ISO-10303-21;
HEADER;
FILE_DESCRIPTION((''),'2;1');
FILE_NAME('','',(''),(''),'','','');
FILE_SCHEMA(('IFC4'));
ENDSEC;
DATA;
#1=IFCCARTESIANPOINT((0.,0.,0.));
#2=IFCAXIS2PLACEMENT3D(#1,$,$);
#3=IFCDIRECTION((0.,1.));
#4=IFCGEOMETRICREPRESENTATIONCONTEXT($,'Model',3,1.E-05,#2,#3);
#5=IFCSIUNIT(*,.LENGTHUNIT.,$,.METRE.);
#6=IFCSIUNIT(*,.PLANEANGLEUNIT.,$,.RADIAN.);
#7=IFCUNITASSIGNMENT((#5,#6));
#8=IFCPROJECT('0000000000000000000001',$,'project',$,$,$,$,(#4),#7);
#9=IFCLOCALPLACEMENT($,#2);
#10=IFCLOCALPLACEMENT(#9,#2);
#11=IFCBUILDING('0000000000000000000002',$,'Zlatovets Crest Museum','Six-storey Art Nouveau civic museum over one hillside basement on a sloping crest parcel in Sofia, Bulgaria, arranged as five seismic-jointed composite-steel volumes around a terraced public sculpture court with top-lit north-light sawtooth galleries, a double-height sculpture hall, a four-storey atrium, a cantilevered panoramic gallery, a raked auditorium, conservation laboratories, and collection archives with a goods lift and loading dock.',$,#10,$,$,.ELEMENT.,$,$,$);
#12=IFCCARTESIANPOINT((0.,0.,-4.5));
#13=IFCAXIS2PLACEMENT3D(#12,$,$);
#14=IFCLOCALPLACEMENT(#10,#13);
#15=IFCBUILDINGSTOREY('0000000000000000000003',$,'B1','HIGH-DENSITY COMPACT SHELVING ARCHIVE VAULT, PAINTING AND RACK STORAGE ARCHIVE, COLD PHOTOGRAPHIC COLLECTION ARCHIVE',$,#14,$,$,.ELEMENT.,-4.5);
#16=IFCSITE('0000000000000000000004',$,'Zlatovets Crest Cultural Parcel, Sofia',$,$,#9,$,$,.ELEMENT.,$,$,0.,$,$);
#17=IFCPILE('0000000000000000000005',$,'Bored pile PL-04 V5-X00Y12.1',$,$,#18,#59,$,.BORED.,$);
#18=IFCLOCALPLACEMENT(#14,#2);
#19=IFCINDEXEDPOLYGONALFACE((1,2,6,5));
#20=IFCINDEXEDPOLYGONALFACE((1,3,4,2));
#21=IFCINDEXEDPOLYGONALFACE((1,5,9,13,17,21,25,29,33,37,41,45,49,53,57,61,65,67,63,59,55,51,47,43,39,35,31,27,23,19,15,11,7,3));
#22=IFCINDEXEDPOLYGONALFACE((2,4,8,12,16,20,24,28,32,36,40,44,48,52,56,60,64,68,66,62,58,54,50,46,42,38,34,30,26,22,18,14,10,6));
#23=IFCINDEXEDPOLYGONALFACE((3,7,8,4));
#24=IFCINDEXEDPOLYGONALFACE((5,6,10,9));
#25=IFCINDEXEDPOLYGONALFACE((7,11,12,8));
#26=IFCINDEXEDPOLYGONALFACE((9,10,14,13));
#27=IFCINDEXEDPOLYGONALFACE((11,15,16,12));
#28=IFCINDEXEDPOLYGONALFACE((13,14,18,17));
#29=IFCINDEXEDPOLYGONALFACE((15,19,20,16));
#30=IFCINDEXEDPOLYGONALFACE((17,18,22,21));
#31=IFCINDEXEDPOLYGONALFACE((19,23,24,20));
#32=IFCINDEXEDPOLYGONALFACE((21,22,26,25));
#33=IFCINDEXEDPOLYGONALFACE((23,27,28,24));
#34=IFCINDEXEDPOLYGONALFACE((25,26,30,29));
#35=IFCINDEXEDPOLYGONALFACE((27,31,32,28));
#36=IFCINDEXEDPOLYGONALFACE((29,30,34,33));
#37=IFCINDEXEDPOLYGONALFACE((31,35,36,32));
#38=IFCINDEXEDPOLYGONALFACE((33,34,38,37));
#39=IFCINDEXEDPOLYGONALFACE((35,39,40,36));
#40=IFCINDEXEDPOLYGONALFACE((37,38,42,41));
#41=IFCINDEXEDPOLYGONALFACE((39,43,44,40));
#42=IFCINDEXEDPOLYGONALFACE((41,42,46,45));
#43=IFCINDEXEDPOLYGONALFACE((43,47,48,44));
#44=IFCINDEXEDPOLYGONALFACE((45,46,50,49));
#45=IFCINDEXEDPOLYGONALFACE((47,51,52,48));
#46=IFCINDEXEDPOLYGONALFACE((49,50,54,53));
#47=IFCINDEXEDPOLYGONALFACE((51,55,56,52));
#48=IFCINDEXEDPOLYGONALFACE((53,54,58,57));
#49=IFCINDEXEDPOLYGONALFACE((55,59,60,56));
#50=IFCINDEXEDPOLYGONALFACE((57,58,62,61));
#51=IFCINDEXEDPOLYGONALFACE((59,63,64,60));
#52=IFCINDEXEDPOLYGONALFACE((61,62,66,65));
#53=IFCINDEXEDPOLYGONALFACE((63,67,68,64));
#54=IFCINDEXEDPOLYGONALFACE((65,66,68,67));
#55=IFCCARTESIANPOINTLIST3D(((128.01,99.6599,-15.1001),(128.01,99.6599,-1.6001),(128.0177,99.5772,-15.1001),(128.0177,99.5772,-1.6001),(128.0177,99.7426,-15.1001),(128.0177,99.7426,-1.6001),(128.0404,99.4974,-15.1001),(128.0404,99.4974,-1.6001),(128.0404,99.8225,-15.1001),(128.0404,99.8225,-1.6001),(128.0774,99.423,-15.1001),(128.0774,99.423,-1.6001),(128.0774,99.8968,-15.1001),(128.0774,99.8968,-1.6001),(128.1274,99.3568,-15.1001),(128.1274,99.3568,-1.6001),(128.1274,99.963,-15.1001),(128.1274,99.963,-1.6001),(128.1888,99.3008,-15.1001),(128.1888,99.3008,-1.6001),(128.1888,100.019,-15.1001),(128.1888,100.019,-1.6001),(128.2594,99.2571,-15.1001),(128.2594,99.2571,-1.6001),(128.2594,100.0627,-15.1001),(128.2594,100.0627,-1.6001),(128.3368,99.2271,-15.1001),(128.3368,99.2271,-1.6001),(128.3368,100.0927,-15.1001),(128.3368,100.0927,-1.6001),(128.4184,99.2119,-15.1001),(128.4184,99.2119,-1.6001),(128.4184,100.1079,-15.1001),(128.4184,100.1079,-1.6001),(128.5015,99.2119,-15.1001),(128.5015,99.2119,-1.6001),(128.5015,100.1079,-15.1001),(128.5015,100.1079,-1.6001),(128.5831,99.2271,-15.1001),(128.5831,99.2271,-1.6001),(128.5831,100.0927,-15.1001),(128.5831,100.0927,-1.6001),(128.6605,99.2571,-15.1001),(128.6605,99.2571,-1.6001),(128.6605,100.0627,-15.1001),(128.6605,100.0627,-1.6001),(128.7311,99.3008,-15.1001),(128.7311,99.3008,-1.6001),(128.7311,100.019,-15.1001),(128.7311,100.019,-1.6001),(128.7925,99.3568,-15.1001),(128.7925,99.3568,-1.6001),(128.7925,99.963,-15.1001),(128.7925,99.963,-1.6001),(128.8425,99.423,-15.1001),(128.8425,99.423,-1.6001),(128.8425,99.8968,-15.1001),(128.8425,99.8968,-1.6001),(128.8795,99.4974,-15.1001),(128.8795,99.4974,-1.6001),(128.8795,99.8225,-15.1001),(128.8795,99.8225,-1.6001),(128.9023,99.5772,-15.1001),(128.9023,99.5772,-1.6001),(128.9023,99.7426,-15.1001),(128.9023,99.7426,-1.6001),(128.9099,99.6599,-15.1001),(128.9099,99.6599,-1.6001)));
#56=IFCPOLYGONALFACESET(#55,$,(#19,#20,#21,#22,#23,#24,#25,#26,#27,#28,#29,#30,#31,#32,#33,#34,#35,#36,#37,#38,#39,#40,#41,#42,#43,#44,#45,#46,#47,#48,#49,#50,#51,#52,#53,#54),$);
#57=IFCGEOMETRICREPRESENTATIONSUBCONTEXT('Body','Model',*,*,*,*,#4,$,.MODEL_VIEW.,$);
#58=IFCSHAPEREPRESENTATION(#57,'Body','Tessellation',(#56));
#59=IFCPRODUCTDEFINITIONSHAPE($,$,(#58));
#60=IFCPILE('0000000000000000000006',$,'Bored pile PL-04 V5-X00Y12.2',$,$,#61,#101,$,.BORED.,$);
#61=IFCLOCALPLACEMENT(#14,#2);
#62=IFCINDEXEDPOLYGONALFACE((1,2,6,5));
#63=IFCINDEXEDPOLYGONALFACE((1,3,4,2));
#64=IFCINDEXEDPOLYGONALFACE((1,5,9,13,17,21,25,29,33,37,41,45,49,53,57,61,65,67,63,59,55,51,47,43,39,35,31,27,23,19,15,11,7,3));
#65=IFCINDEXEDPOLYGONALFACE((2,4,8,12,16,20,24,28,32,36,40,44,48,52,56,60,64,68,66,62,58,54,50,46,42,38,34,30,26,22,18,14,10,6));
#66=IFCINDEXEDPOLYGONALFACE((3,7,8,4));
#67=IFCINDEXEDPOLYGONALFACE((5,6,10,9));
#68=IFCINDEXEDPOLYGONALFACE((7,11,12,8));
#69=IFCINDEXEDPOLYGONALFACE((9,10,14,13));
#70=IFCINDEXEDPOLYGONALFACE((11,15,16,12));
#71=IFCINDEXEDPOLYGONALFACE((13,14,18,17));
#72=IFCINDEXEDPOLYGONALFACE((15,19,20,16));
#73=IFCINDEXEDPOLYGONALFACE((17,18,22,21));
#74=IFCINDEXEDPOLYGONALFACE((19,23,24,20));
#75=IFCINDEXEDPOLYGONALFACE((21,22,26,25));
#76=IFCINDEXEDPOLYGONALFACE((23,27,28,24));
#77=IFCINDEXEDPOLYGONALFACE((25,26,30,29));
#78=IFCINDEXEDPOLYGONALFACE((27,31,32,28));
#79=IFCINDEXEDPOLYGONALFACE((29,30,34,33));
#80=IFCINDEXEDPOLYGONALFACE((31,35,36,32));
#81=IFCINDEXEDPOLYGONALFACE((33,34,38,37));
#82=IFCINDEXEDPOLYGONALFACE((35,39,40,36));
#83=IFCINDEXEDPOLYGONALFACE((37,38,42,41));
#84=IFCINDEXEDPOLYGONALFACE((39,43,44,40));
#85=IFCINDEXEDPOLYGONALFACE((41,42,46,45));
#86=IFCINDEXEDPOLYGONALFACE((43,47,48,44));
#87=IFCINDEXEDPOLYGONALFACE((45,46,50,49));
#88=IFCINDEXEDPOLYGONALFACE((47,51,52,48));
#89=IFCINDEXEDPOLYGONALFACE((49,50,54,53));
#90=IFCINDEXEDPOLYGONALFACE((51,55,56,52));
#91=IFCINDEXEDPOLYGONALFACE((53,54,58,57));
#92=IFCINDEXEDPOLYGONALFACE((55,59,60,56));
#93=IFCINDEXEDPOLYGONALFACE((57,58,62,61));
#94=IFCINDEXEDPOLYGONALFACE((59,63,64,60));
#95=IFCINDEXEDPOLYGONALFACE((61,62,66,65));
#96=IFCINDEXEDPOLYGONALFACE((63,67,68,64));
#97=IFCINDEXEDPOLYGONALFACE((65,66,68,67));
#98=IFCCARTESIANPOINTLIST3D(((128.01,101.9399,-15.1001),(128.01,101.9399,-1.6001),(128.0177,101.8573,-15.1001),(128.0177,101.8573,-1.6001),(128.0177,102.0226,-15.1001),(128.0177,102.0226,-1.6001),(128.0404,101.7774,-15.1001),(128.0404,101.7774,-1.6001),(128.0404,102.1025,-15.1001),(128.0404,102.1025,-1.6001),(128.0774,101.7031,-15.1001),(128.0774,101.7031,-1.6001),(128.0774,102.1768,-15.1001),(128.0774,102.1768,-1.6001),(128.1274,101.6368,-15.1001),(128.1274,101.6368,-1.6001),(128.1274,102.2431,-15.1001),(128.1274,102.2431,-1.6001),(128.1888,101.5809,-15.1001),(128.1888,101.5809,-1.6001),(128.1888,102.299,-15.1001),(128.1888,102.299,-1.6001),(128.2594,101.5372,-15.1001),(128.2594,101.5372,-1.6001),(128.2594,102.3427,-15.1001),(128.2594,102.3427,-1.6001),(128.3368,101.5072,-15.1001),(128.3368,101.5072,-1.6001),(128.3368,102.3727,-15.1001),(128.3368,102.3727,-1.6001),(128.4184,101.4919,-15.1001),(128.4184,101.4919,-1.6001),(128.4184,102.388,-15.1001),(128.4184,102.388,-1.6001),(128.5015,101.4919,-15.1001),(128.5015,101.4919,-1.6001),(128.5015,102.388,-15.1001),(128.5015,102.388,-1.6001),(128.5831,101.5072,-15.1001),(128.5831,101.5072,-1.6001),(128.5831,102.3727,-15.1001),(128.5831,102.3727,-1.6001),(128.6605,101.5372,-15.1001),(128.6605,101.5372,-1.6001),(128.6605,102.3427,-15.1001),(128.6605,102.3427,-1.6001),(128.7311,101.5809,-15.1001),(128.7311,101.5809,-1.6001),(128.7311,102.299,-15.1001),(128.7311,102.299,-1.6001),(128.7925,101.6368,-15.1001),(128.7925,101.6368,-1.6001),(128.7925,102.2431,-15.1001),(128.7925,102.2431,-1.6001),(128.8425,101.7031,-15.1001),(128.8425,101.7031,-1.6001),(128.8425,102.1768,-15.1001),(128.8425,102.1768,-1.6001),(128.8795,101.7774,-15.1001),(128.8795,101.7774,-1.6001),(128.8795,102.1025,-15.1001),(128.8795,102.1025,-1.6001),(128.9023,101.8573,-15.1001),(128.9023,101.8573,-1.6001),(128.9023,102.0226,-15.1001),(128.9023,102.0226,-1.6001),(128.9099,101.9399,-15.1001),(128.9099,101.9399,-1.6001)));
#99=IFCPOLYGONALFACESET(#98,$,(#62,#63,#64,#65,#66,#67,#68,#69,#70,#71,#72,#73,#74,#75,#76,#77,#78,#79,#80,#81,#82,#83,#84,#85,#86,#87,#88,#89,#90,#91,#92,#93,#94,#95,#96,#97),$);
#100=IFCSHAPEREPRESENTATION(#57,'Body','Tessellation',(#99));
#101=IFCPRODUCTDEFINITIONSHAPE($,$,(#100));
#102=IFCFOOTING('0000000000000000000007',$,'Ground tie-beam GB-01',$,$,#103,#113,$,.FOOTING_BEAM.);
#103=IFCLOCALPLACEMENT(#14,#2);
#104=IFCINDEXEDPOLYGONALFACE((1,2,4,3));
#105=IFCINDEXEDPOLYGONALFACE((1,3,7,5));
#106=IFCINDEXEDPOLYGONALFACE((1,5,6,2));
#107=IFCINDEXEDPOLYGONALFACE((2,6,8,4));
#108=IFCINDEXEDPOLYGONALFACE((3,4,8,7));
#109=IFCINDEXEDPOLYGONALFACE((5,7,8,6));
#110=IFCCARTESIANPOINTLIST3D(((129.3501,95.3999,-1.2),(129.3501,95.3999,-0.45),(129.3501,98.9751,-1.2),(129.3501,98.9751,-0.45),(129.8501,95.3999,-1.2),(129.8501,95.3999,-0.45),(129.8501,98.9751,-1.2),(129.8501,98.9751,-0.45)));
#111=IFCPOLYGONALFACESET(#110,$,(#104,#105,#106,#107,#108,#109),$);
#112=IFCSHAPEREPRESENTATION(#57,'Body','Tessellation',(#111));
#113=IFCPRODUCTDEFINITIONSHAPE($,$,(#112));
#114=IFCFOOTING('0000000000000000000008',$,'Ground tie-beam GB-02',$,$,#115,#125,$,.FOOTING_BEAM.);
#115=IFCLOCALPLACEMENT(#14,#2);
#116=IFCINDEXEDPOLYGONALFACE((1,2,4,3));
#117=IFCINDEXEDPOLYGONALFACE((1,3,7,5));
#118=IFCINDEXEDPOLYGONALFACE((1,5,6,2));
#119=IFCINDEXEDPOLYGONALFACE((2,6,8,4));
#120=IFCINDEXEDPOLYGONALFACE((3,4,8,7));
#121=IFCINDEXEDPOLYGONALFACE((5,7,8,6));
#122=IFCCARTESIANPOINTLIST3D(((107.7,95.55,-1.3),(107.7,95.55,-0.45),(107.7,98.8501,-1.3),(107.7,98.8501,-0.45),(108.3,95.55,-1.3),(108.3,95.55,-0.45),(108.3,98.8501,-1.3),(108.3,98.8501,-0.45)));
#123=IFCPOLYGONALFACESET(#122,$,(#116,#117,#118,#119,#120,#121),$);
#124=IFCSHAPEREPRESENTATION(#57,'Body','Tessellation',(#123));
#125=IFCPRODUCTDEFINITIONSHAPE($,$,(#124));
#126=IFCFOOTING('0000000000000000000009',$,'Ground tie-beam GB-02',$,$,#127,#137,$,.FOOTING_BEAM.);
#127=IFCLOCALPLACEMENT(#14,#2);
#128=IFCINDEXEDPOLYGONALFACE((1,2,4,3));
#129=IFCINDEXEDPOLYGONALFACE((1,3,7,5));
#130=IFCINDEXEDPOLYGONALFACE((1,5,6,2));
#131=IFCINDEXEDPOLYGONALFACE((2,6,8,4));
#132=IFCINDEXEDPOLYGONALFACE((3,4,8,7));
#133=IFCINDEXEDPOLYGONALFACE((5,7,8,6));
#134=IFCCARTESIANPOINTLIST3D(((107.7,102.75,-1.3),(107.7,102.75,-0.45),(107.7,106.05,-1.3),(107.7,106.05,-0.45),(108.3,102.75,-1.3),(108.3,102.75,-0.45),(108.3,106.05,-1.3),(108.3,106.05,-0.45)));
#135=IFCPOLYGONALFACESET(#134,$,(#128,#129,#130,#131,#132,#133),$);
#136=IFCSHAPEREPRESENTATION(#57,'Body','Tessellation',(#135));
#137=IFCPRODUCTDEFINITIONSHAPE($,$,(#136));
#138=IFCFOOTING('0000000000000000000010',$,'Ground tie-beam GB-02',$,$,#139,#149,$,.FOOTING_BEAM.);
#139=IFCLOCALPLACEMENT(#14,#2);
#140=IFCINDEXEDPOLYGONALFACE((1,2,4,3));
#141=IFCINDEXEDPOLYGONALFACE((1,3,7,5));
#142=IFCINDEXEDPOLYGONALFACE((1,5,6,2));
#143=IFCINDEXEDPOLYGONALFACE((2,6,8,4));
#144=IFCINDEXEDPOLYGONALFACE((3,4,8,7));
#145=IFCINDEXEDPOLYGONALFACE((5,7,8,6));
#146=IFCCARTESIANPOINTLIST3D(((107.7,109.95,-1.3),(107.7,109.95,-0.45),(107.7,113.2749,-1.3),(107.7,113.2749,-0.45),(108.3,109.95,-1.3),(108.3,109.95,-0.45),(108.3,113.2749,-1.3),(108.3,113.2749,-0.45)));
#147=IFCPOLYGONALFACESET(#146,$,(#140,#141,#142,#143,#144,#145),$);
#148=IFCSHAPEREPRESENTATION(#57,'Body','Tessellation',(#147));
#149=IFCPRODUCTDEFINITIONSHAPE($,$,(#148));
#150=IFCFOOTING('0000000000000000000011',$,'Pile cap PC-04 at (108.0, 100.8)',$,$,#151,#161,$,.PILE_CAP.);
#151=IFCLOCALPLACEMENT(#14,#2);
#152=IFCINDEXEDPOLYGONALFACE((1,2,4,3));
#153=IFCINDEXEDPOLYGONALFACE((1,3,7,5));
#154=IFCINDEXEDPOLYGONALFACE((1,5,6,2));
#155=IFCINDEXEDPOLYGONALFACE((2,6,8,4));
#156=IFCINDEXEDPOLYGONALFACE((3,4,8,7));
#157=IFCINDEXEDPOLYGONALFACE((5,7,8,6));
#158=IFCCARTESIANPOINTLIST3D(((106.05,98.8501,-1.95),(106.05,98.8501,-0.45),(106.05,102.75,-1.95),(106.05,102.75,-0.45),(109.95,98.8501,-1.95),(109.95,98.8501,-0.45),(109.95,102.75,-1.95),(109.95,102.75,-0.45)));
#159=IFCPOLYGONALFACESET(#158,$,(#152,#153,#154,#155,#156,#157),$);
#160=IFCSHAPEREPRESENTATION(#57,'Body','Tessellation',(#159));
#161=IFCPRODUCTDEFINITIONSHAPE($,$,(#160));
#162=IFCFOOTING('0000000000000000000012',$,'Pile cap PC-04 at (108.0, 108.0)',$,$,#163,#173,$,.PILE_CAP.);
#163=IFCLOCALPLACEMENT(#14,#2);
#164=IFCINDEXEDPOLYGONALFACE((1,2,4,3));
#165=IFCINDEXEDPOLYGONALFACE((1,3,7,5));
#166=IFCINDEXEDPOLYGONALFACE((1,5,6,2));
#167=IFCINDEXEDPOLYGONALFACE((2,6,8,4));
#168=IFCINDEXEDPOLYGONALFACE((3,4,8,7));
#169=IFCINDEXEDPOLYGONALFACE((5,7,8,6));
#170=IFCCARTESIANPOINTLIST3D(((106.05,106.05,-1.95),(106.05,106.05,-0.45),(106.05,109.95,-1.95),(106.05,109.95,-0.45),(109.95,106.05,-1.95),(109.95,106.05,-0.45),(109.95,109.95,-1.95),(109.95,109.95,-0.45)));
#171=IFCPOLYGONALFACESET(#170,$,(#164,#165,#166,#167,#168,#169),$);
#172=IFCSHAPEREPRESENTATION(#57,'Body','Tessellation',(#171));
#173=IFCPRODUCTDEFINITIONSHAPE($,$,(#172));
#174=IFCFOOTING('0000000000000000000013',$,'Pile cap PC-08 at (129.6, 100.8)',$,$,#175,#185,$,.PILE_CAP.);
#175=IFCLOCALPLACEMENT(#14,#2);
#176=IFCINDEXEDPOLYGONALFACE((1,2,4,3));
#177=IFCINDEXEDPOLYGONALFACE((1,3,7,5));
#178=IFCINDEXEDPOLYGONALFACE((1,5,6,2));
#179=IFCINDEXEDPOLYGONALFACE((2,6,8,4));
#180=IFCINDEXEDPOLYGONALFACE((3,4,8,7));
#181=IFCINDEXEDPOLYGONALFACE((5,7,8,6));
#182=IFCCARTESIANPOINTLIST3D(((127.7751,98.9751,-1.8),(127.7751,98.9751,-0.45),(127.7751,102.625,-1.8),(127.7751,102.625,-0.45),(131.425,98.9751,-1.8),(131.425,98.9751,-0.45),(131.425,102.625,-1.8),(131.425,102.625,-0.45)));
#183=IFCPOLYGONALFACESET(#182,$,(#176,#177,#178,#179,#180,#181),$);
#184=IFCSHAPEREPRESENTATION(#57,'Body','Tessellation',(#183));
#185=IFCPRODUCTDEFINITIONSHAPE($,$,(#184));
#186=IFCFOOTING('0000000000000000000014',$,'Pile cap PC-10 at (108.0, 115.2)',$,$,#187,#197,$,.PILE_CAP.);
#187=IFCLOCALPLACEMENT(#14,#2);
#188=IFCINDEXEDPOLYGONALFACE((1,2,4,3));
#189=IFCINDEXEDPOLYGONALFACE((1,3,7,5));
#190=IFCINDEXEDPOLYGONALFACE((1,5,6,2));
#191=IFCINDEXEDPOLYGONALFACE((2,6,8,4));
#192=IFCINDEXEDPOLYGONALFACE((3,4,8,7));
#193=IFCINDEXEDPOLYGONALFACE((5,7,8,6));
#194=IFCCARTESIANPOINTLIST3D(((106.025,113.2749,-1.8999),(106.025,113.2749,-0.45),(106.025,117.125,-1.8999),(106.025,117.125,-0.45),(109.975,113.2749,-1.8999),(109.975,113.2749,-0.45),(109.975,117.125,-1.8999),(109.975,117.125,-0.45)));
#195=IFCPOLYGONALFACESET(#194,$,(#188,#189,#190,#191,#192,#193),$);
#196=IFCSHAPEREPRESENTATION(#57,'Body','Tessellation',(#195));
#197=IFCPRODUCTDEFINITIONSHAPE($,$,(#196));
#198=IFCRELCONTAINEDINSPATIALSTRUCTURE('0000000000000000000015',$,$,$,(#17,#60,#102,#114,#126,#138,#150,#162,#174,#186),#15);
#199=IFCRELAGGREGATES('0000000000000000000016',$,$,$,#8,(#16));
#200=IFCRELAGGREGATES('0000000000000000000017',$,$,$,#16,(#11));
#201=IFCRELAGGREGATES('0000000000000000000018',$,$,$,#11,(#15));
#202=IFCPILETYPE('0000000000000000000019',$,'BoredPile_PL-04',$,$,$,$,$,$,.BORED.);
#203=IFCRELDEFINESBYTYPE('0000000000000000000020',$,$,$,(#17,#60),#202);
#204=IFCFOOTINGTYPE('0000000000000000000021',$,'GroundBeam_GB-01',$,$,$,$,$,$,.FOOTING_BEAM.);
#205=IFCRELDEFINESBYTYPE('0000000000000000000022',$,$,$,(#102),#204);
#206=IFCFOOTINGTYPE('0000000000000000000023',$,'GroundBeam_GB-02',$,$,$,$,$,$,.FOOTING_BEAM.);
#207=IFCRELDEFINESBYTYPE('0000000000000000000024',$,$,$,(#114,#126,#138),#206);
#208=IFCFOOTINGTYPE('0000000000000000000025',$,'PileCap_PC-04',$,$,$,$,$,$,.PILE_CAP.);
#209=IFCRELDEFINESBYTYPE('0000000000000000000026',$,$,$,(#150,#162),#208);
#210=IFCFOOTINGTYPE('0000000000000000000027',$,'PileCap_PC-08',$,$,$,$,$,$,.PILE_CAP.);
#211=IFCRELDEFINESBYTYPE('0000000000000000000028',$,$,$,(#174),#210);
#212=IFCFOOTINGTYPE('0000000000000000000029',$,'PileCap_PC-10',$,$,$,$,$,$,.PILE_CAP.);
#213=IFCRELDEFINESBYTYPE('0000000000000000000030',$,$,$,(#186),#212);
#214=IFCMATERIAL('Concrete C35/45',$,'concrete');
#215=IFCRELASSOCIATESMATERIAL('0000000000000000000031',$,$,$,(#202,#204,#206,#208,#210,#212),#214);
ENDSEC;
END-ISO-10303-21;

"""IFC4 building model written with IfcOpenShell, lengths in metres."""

from ifc_helpers import new_model, si_unit, direction, frame, origin, origin_2d, place, context, subcontext, project, spatial, rectangle, circle, extrude, material, material_profile, profile_set, type_object, element, save


model = new_model("IFC4")

# Units and contexts
model_context = context("Model", 3, precision=1e-05, world=origin(), true_north=direction((0.0, 1.0)))
body_context = subcontext(model_context, "Body", "Model", "MODEL_VIEW")
ifc_project = project(units=[si_unit("LENGTHUNIT", "METRE"), si_unit("PLANEANGLEUNIT", "RADIAN")], contexts=[model_context])

# Site, building, storey
site_placement = place(None, origin())
site = spatial("IfcSite", under=ifc_project, at=site_placement, Name="Zlatovets Crest Cultural Parcel, Sofia", CompositionType="ELEMENT", RefElevation=0.0)
building_placement = place(site_placement, origin())
building = spatial("IfcBuilding", under=site, at=building_placement, Name="Zlatovets Crest Museum", Description="Six-storey Art Nouveau civic museum over one hillside basement on a sloping crest parcel in Sofia, Bulgaria, arranged as five seismic-jointed composite-steel volumes around a terraced public sculpture court with top-lit north-light sawtooth galleries, a double-height sculpture hall, a four-storey atrium, a cantilevered panoramic gallery, a raked auditorium, conservation laboratories, and collection archives with a goods lift and loading dock.", CompositionType="ELEMENT")
storey_placement = place(building_placement, frame((0.0, 0.0, -4.5)))
storey = spatial("IfcBuildingStorey", under=building, at=storey_placement, Name="B1", Description="HIGH-DENSITY COMPACT SHELVING ARCHIVE VAULT, PAINTING AND RACK STORAGE ARCHIVE, COLD PHOTOGRAPHIC COLLECTION ARCHIVE", CompositionType="ELEMENT", Elevation=-4.5)

# Piles
ifc_material_1 = material(Name="Concrete C35/45", Category="concrete")
ifc_material_profile_1 = material_profile(ifc_material_1, circle(Radius=0.45, at=origin_2d()), Name="PILE D900")
ifc_profile_set_1 = profile_set([ifc_material_profile_1], Name="Concrete C35/45")
pile_type_1 = type_object("IfcPileType", Name="BoredPile_PL-04", PredefinedType="BORED", material=ifc_profile_set_1)
for number, where, z_axis, x_axis, name in (
    (1, (128.46, 99.6599, -1.6001), (0.0, 0.0, -1.0), (1.0, 0.0, 0.0), "Bored pile PL-04 V5-X00Y12.1"),
    (2, (128.46, 101.9399, -1.6001), (0.0, 0.0, -1.0), (1.0, 0.0, 0.0), "Bored pile PL-04 V5-X00Y12.2"),
):
    element("IfcPile", number, at=place(storey_placement, frame(where, z_axis=z_axis, x_axis=x_axis)), inside=storey, type_object=pile_type_1, Name=name, PredefinedType="BORED", context=body_context, shape_type="SweptSolid", body=[
        extrude(circle(Radius=0.45, at=origin_2d()), origin(), (0.0, 0.0, 1.0), 13.5),
    ])

# Footings
ifc_material_profile_2 = material_profile(ifc_material_1, rectangle(XDim=0.5, YDim=0.75, at=origin_2d()), Name="RC 500x750")
ifc_profile_set_2 = profile_set([ifc_material_profile_2], Name="Concrete C35/45")
footing_type_1 = type_object("IfcFootingType", Name="GroundBeam_GB-01", PredefinedType="FOOTING_BEAM", material=ifc_profile_set_2)
footing_1_placement = place(storey_placement, frame((129.6001, 95.3999, -0.825), z_axis=(0.0, 1.0, 0.0), x_axis=(-1.0, 0.0, 0.0)))
element("IfcFooting", 3, at=footing_1_placement, inside=storey, type_object=footing_type_1, Name="Ground tie-beam GB-01", PredefinedType="FOOTING_BEAM", context=body_context, shape_type="SweptSolid", body=[
    extrude(rectangle(XDim=0.5, YDim=0.75, at=origin_2d()), origin(), (0.0, 0.0, 1.0), 3.5752),
])
ifc_material_profile_3 = material_profile(ifc_material_1, rectangle(XDim=0.6001, YDim=0.8501, at=origin_2d()), Name="RC 600x850")
ifc_profile_set_3 = profile_set([ifc_material_profile_3], Name="Concrete C35/45")
footing_type_2 = type_object("IfcFootingType", Name="GroundBeam_GB-02", PredefinedType="FOOTING_BEAM", material=ifc_profile_set_3)
for number, where, z_axis, x_axis, name in (
    (4, (108.0, 95.55, -0.875), (0.0, 1.0, 0.0), (-1.0, 0.0, 0.0), "Ground tie-beam GB-02"),
    (5, (108.0, 102.75, -0.875), (0.0, 1.0, 0.0), (-1.0, 0.0, 0.0), "Ground tie-beam GB-02"),
):
    element("IfcFooting", number, at=place(storey_placement, frame(where, z_axis=z_axis, x_axis=x_axis)), inside=storey, type_object=footing_type_2, Name=name, PredefinedType="FOOTING_BEAM", context=body_context, shape_type="SweptSolid", body=[
        extrude(rectangle(XDim=0.6001, YDim=0.8501, at=origin_2d()), origin(), (0.0, 0.0, 1.0), 3.3),
    ])
footing_2_placement = place(storey_placement, frame((108.0, 109.95, -0.875), z_axis=(0.0, 1.0, 0.0), x_axis=(-1.0, 0.0, 0.0)))
element("IfcFooting", 6, at=footing_2_placement, inside=storey, type_object=footing_type_2, Name="Ground tie-beam GB-02", PredefinedType="FOOTING_BEAM", context=body_context, shape_type="SweptSolid", body=[
    extrude(rectangle(XDim=0.6001, YDim=0.8501, at=origin_2d()), origin(), (0.0, 0.0, 1.0), 3.325),
])
footing_type_3 = type_object("IfcFootingType", Name="PileCap_PC-04", PredefinedType="PILE_CAP", material=ifc_material_1)
for number, where, z_axis, x_axis, name in (
    (7, (108.0, 100.8, -1.95), (0.0, 0.0, 1.0), (1.0, 0.0, 0.0), "Pile cap PC-04 at (108.0, 100.8)"),
    (8, (108.0, 108.0, -1.95), (0.0, 0.0, 1.0), (1.0, 0.0, 0.0), "Pile cap PC-04 at (108.0, 108.0)"),
):
    element("IfcFooting", number, at=place(storey_placement, frame(where, z_axis=z_axis, x_axis=x_axis)), inside=storey, type_object=footing_type_3, Name=name, PredefinedType="PILE_CAP", context=body_context, shape_type="SweptSolid", body=[
        extrude(rectangle(XDim=3.8999, YDim=3.8999, at=origin_2d()), origin(), (0.0, 0.0, 1.0), 1.5),
    ])
footing_type_4 = type_object("IfcFootingType", Name="PileCap_PC-08", PredefinedType="PILE_CAP", material=ifc_material_1)
footing_3_placement = place(storey_placement, frame((129.6001, 100.8, -1.8), z_axis=(0.0, 0.0, 1.0), x_axis=(1.0, 0.0, 0.0)))
element("IfcFooting", 9, at=footing_3_placement, inside=storey, type_object=footing_type_4, Name="Pile cap PC-08 at (129.6, 100.8)", PredefinedType="PILE_CAP", context=body_context, shape_type="SweptSolid", body=[
    extrude(rectangle(XDim=3.6499, YDim=3.6499, at=origin_2d()), origin(), (0.0, 0.0, 1.0), 1.3501),
])
footing_type_5 = type_object("IfcFootingType", Name="PileCap_PC-10", PredefinedType="PILE_CAP", material=ifc_material_1)
footing_4_placement = place(storey_placement, frame((108.0, 115.2, -1.8999), z_axis=(0.0, 0.0, 1.0), x_axis=(1.0, 0.0, 0.0)))
element("IfcFooting", 10, at=footing_4_placement, inside=storey, type_object=footing_type_5, Name="Pile cap PC-10 at (108.0, 115.2)", PredefinedType="PILE_CAP", context=body_context, shape_type="SweptSolid", body=[
    extrude(rectangle(XDim=3.95, YDim=3.8501, at=origin_2d()), origin(), (0.0, 0.0, 1.0), 1.45),
])

save(model, "model.ifc")
